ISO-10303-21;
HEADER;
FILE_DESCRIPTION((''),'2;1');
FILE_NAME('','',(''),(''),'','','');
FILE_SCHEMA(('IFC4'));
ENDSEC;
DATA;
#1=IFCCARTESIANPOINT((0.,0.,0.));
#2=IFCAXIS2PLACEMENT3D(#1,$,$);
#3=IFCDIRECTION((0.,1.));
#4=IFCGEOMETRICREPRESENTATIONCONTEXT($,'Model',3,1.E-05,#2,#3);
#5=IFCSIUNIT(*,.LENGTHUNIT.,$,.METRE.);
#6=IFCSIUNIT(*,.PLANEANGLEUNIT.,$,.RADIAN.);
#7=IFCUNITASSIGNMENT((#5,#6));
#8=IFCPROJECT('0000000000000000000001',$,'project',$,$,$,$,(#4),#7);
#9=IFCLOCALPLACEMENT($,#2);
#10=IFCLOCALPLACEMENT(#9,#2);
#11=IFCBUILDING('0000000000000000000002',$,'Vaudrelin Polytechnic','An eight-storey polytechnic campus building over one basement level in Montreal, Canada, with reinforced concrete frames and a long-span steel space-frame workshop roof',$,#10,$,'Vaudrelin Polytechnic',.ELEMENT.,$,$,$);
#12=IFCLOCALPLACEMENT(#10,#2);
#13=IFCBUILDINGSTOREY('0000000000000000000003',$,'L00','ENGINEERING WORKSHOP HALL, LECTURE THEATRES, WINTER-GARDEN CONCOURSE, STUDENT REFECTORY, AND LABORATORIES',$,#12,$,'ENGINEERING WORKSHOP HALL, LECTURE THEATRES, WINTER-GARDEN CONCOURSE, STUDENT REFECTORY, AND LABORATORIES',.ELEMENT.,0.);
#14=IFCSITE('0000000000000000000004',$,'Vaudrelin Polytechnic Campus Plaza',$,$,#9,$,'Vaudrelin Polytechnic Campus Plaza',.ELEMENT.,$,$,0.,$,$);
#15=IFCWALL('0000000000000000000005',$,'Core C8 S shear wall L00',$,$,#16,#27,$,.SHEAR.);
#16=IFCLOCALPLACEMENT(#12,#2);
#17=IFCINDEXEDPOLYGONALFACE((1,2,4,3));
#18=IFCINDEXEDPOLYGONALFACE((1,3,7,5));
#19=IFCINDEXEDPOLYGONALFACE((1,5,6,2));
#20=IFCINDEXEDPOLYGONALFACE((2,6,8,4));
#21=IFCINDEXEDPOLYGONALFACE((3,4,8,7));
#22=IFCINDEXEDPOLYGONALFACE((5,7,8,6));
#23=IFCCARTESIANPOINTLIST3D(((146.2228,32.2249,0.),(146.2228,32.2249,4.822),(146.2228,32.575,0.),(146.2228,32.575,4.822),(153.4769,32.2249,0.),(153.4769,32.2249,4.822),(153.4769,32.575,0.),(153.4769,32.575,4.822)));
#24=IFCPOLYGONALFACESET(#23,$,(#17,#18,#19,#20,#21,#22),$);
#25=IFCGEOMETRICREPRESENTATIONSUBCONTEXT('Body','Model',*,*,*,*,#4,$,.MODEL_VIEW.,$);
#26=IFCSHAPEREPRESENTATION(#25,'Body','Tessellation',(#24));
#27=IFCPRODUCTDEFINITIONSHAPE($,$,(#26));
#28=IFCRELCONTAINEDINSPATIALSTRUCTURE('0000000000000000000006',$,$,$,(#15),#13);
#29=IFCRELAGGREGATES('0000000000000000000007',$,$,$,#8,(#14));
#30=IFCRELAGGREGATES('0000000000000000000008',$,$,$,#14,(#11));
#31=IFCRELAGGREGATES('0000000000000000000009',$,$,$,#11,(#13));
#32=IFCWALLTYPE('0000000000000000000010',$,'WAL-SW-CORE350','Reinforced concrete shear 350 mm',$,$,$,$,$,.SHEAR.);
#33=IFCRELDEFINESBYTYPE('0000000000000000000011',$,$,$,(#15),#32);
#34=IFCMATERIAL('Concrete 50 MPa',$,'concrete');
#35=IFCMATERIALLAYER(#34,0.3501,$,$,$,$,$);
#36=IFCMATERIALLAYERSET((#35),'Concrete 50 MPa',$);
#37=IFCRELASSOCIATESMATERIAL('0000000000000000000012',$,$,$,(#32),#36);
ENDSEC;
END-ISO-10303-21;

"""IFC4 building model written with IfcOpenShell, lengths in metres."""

from ifc_helpers import new_model, si_unit, direction, frame, frame_2d, origin, place, context, subcontext, project, spatial, rectangle, extrude, material, layer, layer_set, type_object, element, save


model = new_model("IFC4")

# Units and contexts
model_context = context("Model", 3, precision=1e-05, world=origin(), true_north=direction((0.0, 1.0)))
body_context = subcontext(model_context, "Body", "Model", "MODEL_VIEW")
ifc_project = project(units=[si_unit("LENGTHUNIT", "METRE"), si_unit("PLANEANGLEUNIT", "RADIAN")], contexts=[model_context])

# Site, building, storey
site_placement = place(None, origin())
site = spatial("IfcSite", under=ifc_project, at=site_placement, Name="Vaudrelin Polytechnic Campus Plaza", LongName="Vaudrelin Polytechnic Campus Plaza", CompositionType="ELEMENT", RefElevation=0.0)
building_placement = place(site_placement, origin())
building = spatial("IfcBuilding", under=site, at=building_placement, Name="Vaudrelin Polytechnic", Description="An eight-storey polytechnic campus building over one basement level in Montreal, Canada, with reinforced concrete frames and a long-span steel space-frame workshop roof", LongName="Vaudrelin Polytechnic", CompositionType="ELEMENT")
storey_placement = place(building_placement, origin())
storey = spatial("IfcBuildingStorey", under=building, at=storey_placement, Name="L00", Description="ENGINEERING WORKSHOP HALL, LECTURE THEATRES, WINTER-GARDEN CONCOURSE, STUDENT REFECTORY, AND LABORATORIES", LongName="ENGINEERING WORKSHOP HALL, LECTURE THEATRES, WINTER-GARDEN CONCOURSE, STUDENT REFECTORY, AND LABORATORIES", CompositionType="ELEMENT", Elevation=0.0)

# Shared definitions
ifc_material_1 = material(Name="Concrete 50 MPa", Category="concrete")

# Wall
ifc_layer_1 = layer(ifc_material_1, 0.3501)
ifc_layer_set_1 = layer_set([ifc_layer_1], Name="Concrete 50 MPa")
wall_type_1 = type_object("IfcWallType", Name="WAL-SW-CORE350", Description="Reinforced concrete shear 350 mm", PredefinedType="SHEAR", material=ifc_layer_set_1)
wall_1_placement = place(storey_placement, frame((146.2229, 32.3999, 0.0), z_axis=(0.0, 0.0, 1.0), x_axis=(1.0, 0.0, 0.0)))
element("IfcWall", 1, at=wall_1_placement, inside=storey, type_object=wall_type_1, Name="Core C8 S shear wall L00", PredefinedType="SHEAR", context=body_context, shape_type="SweptSolid", body=[
    extrude(rectangle(XDim=7.2542, YDim=0.3501, at=frame_2d((3.627, 0.0))), origin(), (0.0, 0.0, 1.0), 4.822),
])

save(model, "model.ifc")
